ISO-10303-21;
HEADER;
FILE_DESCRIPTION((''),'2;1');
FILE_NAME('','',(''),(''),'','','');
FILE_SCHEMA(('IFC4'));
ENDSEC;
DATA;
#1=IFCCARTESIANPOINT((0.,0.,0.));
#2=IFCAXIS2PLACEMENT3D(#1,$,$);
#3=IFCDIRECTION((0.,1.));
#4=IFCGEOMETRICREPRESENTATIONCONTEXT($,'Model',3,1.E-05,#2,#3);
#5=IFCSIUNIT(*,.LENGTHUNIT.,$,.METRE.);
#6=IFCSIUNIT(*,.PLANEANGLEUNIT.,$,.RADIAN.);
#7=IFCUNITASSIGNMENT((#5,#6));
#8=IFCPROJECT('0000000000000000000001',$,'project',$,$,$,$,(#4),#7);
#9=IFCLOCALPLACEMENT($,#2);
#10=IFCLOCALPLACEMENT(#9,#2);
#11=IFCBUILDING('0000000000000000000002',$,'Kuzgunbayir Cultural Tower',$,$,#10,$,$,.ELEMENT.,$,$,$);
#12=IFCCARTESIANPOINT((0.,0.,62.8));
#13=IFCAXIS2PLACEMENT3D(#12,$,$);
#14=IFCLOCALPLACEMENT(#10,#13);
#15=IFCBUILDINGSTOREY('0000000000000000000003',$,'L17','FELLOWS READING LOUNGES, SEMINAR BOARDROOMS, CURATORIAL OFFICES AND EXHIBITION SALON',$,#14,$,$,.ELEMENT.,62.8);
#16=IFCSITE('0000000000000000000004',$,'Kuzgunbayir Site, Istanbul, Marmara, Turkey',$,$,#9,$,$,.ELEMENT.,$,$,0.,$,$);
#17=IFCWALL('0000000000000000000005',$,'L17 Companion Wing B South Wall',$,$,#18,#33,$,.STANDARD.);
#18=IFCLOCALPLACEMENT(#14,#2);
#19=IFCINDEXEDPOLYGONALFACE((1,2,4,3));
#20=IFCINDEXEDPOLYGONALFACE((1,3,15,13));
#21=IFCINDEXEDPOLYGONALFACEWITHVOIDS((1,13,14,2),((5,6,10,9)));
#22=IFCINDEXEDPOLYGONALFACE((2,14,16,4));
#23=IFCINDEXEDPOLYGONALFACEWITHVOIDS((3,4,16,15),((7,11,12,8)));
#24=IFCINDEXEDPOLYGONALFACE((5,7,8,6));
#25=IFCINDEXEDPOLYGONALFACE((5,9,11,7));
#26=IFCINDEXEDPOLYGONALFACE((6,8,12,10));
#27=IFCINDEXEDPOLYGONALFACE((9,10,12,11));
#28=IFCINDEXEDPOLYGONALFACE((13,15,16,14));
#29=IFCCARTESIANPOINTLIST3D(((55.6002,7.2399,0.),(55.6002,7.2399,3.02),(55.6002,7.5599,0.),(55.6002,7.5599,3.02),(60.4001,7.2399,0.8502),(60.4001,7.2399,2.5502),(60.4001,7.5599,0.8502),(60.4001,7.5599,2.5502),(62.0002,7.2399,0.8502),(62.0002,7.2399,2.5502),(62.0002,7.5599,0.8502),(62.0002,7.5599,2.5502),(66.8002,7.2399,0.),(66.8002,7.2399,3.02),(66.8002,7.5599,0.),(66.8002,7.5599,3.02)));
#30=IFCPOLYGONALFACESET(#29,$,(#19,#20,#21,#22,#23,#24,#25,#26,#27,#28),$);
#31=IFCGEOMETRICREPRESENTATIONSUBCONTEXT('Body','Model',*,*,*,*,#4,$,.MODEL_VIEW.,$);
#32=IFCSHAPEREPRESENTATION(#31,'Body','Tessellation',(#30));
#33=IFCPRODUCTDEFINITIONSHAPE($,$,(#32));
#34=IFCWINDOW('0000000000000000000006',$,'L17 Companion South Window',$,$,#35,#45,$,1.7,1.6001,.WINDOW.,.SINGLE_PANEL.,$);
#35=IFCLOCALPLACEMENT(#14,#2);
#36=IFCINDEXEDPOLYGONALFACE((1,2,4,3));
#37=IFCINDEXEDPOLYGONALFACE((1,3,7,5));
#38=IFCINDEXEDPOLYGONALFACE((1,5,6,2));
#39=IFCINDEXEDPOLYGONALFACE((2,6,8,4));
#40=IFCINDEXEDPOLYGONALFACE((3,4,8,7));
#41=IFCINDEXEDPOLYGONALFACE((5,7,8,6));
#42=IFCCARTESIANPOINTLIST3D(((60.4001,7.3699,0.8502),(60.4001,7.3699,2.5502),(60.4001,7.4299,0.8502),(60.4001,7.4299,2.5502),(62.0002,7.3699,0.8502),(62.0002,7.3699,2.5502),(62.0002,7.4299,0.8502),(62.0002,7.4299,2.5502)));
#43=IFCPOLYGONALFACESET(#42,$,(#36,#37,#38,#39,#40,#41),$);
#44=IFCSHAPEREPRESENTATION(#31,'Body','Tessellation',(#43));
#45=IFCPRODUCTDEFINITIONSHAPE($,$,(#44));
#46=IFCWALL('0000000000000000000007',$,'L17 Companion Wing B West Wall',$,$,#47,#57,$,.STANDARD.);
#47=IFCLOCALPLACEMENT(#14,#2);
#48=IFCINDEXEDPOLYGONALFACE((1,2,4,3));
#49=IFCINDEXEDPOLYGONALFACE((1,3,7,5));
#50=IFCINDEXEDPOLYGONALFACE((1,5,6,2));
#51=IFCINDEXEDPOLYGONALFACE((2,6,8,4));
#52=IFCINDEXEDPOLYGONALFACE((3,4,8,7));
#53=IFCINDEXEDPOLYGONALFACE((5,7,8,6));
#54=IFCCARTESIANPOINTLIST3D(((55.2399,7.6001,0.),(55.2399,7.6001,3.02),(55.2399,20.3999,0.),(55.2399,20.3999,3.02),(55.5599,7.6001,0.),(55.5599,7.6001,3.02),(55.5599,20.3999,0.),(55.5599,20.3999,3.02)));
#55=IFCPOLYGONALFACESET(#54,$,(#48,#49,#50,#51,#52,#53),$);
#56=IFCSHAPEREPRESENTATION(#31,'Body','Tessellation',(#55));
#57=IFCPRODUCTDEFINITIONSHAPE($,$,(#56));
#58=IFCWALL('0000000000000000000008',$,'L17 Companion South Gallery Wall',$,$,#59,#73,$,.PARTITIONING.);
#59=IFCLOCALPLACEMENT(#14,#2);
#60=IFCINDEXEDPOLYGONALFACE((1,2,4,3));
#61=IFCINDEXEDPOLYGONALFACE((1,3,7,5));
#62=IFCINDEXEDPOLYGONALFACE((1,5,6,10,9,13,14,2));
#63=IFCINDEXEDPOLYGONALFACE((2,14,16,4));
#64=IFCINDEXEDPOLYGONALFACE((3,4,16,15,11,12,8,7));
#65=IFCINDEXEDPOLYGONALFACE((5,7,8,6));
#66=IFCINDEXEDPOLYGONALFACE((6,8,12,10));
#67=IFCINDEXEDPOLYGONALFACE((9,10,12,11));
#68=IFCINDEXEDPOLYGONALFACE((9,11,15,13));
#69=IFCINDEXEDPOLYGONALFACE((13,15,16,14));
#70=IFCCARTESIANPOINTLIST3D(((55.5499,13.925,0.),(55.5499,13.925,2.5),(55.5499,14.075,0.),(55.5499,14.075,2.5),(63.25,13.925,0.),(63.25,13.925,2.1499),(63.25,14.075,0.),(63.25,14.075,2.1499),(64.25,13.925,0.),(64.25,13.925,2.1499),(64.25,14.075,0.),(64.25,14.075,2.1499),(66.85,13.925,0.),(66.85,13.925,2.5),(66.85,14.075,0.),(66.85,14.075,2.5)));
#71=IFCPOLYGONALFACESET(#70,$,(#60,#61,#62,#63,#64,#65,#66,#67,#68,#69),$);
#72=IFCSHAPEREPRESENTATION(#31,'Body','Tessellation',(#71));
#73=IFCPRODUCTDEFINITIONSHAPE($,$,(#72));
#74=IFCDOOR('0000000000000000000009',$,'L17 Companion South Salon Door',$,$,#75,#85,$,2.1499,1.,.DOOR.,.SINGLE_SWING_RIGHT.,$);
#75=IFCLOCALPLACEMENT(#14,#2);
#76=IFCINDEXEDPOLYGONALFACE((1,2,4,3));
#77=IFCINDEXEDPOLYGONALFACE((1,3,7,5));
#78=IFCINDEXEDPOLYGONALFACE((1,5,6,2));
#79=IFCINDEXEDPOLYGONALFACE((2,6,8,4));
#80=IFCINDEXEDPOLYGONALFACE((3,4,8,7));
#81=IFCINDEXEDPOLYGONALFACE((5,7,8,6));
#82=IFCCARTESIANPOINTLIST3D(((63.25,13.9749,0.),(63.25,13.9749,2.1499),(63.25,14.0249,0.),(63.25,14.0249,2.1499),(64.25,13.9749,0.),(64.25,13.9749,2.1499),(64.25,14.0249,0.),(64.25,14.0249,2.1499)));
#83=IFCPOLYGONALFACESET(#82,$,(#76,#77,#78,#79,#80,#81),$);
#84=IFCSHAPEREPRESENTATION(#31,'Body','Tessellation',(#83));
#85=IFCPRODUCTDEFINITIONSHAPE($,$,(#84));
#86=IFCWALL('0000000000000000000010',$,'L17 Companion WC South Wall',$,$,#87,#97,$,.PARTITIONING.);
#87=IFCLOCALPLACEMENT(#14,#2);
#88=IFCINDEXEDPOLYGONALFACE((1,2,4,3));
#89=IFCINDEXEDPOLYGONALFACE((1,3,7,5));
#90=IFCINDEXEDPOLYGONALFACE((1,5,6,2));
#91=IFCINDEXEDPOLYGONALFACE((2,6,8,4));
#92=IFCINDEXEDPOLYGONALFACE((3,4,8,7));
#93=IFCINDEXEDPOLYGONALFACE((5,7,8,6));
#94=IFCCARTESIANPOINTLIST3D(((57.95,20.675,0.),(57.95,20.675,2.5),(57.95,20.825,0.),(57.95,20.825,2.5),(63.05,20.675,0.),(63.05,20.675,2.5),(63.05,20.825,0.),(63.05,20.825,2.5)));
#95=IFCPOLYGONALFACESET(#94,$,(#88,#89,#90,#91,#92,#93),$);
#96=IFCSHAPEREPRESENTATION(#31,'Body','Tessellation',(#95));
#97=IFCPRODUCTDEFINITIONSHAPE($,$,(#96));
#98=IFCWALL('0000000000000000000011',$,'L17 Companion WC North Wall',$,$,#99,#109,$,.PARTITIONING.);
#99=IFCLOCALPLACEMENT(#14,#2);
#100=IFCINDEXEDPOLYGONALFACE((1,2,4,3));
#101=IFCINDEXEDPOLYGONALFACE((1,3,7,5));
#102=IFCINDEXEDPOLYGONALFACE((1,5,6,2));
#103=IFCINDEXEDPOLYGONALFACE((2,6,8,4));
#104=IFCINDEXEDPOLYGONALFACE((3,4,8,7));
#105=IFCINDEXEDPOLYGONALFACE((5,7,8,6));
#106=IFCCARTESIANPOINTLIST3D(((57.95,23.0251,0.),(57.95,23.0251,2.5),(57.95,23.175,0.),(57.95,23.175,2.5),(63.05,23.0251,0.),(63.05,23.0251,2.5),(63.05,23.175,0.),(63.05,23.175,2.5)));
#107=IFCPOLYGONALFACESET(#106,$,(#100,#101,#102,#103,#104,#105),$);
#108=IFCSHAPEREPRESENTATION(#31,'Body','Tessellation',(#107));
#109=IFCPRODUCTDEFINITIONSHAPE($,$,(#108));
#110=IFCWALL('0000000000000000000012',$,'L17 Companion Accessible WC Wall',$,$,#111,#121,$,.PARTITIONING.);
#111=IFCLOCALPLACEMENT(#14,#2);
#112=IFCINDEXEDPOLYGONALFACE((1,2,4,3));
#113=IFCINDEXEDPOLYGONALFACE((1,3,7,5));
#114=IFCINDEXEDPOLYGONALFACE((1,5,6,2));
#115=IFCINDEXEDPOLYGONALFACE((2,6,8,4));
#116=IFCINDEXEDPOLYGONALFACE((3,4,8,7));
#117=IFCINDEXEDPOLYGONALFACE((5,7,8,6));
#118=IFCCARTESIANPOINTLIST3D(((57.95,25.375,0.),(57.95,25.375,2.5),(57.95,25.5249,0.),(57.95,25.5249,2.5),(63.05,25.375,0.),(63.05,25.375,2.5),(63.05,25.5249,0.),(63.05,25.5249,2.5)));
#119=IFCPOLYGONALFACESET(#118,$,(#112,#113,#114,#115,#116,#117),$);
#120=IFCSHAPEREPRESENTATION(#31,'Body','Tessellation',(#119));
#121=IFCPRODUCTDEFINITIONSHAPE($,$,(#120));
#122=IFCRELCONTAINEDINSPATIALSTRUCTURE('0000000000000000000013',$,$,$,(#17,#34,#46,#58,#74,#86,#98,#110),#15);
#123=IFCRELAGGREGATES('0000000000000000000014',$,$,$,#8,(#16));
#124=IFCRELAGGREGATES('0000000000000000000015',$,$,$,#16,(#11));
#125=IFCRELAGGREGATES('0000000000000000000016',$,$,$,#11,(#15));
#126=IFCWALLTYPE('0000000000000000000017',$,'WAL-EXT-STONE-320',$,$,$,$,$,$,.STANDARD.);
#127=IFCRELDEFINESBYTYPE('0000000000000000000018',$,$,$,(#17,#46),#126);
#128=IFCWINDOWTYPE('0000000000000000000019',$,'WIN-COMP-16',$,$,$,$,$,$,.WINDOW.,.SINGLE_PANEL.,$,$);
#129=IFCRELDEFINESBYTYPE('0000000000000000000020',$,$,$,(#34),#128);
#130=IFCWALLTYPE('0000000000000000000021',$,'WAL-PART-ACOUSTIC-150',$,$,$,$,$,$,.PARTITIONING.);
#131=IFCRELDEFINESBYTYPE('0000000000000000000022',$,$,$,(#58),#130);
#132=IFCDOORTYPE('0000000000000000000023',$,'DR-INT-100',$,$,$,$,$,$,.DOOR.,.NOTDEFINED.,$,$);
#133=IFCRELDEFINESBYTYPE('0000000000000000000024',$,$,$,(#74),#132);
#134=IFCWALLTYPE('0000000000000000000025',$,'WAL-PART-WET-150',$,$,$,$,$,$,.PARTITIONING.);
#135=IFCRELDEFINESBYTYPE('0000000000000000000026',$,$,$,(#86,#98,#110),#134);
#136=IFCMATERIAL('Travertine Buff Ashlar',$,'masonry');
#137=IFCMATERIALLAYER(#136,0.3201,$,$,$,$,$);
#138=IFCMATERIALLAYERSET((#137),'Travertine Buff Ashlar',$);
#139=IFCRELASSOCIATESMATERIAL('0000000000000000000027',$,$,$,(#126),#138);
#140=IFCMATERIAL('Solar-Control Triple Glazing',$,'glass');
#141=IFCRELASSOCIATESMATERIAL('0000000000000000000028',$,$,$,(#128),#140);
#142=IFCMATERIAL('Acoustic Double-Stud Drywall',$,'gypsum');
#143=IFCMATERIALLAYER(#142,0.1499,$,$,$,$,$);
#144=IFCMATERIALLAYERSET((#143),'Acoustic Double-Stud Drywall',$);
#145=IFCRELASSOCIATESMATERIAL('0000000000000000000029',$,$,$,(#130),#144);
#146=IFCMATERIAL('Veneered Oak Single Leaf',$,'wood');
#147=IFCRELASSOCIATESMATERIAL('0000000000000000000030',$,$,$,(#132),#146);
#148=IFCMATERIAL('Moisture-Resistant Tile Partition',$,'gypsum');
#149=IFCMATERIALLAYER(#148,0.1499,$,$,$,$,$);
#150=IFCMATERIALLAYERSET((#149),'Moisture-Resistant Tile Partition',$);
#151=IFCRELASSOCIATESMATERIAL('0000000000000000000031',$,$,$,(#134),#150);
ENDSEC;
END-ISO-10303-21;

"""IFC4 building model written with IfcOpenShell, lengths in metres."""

from ifc_helpers import new_model, si_unit, direction, frame, frame_2d, origin, place, context, subcontext, project, spatial, rectangle, extrude, material, layer, layer_set, type_object, element, fill, save


model = new_model("IFC4")

# Units and contexts
model_context = context("Model", 3, precision=1e-05, world=origin(), true_north=direction((0.0, 1.0)))
body_context = subcontext(model_context, "Body", "Model", "MODEL_VIEW")
ifc_project = project(units=[si_unit("LENGTHUNIT", "METRE"), si_unit("PLANEANGLEUNIT", "RADIAN")], contexts=[model_context])

# Site, building, storey
site_placement = place(None, origin())
site = spatial("IfcSite", under=ifc_project, at=site_placement, Name="Kuzgunbayir Site, Istanbul, Marmara, Turkey", CompositionType="ELEMENT", RefElevation=0.0)
building_placement = place(site_placement, origin())
building = spatial("IfcBuilding", under=site, at=building_placement, Name="Kuzgunbayir Cultural Tower", CompositionType="ELEMENT")
storey_placement = place(building_placement, frame((0.0, 0.0, 62.8)))
storey = spatial("IfcBuildingStorey", under=building, at=storey_placement, Name="L17", Description="FELLOWS READING LOUNGES, SEMINAR BOARDROOMS, CURATORIAL OFFICES AND EXHIBITION SALON", CompositionType="ELEMENT", Elevation=62.8)

# Wall, opening, window
ifc_material_1 = material(Name="Travertine Buff Ashlar", Category="masonry")
ifc_layer_1 = layer(ifc_material_1, 0.3201)
ifc_layer_set_1 = layer_set([ifc_layer_1], Name="Travertine Buff Ashlar")
wall_type_1 = type_object("IfcWallType", Name="WAL-EXT-STONE-320", PredefinedType="STANDARD", material=ifc_layer_set_1)
wall_1_placement = place(storey_placement, frame((55.6001, 7.3999, 0.0), z_axis=(0.0, 0.0, 1.0), x_axis=(1.0, 0.0, 0.0)))
wall_1 = element("IfcWall", 1, at=wall_1_placement, inside=storey, type_object=wall_type_1, Name="L17 Companion Wing B South Wall", PredefinedType="STANDARD", context=body_context, shape_type="SweptSolid", body=[
    extrude(rectangle(XDim=11.2, YDim=0.3201, at=frame_2d((5.6001, 0.0))), origin(), (0.0, 0.0, 1.0), 3.02),
])
opening_1_placement = place(wall_1_placement, frame((4.8, 0.0, 0.8501)))
opening_1 = element("IfcOpeningElement", 2, at=opening_1_placement, cuts=wall_1, PredefinedType="OPENING", context=body_context, shape_type="SweptSolid", body=[
    extrude(rectangle(XDim=1.6001, YDim=1.7, at=frame_2d((0.8, 0.8501))), frame((0.0, 0.1699, 0.0), z_axis=(0.0, -1.0, 0.0), x_axis=(1.0, 0.0, 0.0)), (0.0, 0.0, 1.0), 0.3401),
])
ifc_material_2 = material(Name="Solar-Control Triple Glazing", Category="glass")
window_type = type_object("IfcWindowType", Name="WIN-COMP-16", PartitioningType="SINGLE_PANEL", PredefinedType="WINDOW", material=ifc_material_2)
window_placement = place(opening_1_placement, origin())
window = element("IfcWindow", 3, at=window_placement, inside=storey, type_object=window_type, Name="L17 Companion South Window", OverallHeight=1.7, OverallWidth=1.6001, PartitioningType="SINGLE_PANEL", PredefinedType="WINDOW", context=body_context, shape_type="SweptSolid", body=[
    extrude(rectangle(XDim=1.6001, YDim=1.7, at=frame_2d((0.8, 0.8501))), frame((0.0, 0.03, 0.0), z_axis=(0.0, -1.0, 0.0), x_axis=(1.0, 0.0, 0.0)), (0.0, 0.0, 1.0), 0.0601),
])
fill(opening_1, window)

# Wall
wall_2_placement = place(storey_placement, frame((55.3999, 20.3999, 0.0), z_axis=(0.0, 0.0, 1.0), x_axis=(0.0, -1.0, 0.0)))
element("IfcWall", 4, at=wall_2_placement, inside=storey, type_object=wall_type_1, Name="L17 Companion Wing B West Wall", PredefinedType="STANDARD", context=body_context, shape_type="SweptSolid", body=[
    extrude(rectangle(XDim=12.7998, YDim=0.3201, at=frame_2d((6.3999, 0.0))), origin(), (0.0, 0.0, 1.0), 3.02),
])

# Wall, opening, door
ifc_material_3 = material(Name="Acoustic Double-Stud Drywall", Category="gypsum")
ifc_layer_2 = layer(ifc_material_3, 0.1499)
ifc_layer_set_2 = layer_set([ifc_layer_2], Name="Acoustic Double-Stud Drywall")
wall_type_2 = type_object("IfcWallType", Name="WAL-PART-ACOUSTIC-150", PredefinedType="PARTITIONING", material=ifc_layer_set_2)
wall_3_placement = place(storey_placement, frame((55.55, 14.0, 0.0), z_axis=(0.0, 0.0, 1.0), x_axis=(1.0, 0.0, 0.0)))
wall_3 = element("IfcWall", 5, at=wall_3_placement, inside=storey, type_object=wall_type_2, Name="L17 Companion South Gallery Wall", PredefinedType="PARTITIONING", context=body_context, shape_type="SweptSolid", body=[
    extrude(rectangle(XDim=11.3, YDim=0.1499, at=frame_2d((5.6499, 0.0))), origin(), (0.0, 0.0, 1.0), 2.5),
])
opening_2_placement = place(wall_3_placement, frame((7.7, 0.0, 0.0)))
opening_2 = element("IfcOpeningElement", 6, at=opening_2_placement, cuts=wall_3, PredefinedType="OPENING", context=body_context, shape_type="SweptSolid", body=[
    extrude(rectangle(XDim=1.0, YDim=2.1499, at=frame_2d((0.5, 1.075))), frame((0.0, 0.085, 0.0), z_axis=(0.0, -1.0, 0.0), x_axis=(1.0, 0.0, 0.0)), (0.0, 0.0, 1.0), 0.1699),
])
ifc_material_4 = material(Name="Veneered Oak Single Leaf", Category="wood")
door_type = type_object("IfcDoorType", Name="DR-INT-100", OperationType="NOTDEFINED", PredefinedType="DOOR", material=ifc_material_4)
door_placement = place(opening_2_placement, origin())
door = element("IfcDoor", 7, at=door_placement, inside=storey, type_object=door_type, Name="L17 Companion South Salon Door", OperationType="SINGLE_SWING_RIGHT", OverallHeight=2.1499, OverallWidth=1.0, PredefinedType="DOOR", context=body_context, shape_type="SweptSolid", body=[
    extrude(rectangle(XDim=1.0, YDim=2.1499, at=frame_2d((0.5, 1.075))), frame((0.0, 0.0249, 0.0), z_axis=(0.0, -1.0, 0.0), x_axis=(1.0, 0.0, 0.0)), (0.0, 0.0, 1.0), 0.05),
])
fill(opening_2, door)

# Walls
ifc_material_5 = material(Name="Moisture-Resistant Tile Partition", Category="gypsum")
ifc_layer_3 = layer(ifc_material_5, 0.1499)
ifc_layer_set_3 = layer_set([ifc_layer_3], Name="Moisture-Resistant Tile Partition")
wall_type_3 = type_object("IfcWallType", Name="WAL-PART-WET-150", PredefinedType="PARTITIONING", material=ifc_layer_set_3)
for number, where, z_axis, x_axis, name in (
    (8, (57.95, 20.75, 0.0), (0.0, 0.0, 1.0), (1.0, 0.0, 0.0), "L17 Companion WC South Wall"),
    (9, (57.95, 23.1001, 0.0), (0.0, 0.0, 1.0), (1.0, 0.0, 0.0), "L17 Companion WC North Wall"),
    (10, (57.95, 25.45, 0.0), (0.0, 0.0, 1.0), (1.0, 0.0, 0.0), "L17 Companion Accessible WC Wall"),
):
    element("IfcWall", number, at=place(storey_placement, frame(where, z_axis=z_axis, x_axis=x_axis)), inside=storey, type_object=wall_type_3, Name=name, PredefinedType="PARTITIONING", context=body_context, shape_type="SweptSolid", body=[
        extrude(rectangle(XDim=5.1001, YDim=0.1499, at=frame_2d((2.55, 0.0))), origin(), (0.0, 0.0, 1.0), 2.5),
    ])

save(model, "model.ifc")
